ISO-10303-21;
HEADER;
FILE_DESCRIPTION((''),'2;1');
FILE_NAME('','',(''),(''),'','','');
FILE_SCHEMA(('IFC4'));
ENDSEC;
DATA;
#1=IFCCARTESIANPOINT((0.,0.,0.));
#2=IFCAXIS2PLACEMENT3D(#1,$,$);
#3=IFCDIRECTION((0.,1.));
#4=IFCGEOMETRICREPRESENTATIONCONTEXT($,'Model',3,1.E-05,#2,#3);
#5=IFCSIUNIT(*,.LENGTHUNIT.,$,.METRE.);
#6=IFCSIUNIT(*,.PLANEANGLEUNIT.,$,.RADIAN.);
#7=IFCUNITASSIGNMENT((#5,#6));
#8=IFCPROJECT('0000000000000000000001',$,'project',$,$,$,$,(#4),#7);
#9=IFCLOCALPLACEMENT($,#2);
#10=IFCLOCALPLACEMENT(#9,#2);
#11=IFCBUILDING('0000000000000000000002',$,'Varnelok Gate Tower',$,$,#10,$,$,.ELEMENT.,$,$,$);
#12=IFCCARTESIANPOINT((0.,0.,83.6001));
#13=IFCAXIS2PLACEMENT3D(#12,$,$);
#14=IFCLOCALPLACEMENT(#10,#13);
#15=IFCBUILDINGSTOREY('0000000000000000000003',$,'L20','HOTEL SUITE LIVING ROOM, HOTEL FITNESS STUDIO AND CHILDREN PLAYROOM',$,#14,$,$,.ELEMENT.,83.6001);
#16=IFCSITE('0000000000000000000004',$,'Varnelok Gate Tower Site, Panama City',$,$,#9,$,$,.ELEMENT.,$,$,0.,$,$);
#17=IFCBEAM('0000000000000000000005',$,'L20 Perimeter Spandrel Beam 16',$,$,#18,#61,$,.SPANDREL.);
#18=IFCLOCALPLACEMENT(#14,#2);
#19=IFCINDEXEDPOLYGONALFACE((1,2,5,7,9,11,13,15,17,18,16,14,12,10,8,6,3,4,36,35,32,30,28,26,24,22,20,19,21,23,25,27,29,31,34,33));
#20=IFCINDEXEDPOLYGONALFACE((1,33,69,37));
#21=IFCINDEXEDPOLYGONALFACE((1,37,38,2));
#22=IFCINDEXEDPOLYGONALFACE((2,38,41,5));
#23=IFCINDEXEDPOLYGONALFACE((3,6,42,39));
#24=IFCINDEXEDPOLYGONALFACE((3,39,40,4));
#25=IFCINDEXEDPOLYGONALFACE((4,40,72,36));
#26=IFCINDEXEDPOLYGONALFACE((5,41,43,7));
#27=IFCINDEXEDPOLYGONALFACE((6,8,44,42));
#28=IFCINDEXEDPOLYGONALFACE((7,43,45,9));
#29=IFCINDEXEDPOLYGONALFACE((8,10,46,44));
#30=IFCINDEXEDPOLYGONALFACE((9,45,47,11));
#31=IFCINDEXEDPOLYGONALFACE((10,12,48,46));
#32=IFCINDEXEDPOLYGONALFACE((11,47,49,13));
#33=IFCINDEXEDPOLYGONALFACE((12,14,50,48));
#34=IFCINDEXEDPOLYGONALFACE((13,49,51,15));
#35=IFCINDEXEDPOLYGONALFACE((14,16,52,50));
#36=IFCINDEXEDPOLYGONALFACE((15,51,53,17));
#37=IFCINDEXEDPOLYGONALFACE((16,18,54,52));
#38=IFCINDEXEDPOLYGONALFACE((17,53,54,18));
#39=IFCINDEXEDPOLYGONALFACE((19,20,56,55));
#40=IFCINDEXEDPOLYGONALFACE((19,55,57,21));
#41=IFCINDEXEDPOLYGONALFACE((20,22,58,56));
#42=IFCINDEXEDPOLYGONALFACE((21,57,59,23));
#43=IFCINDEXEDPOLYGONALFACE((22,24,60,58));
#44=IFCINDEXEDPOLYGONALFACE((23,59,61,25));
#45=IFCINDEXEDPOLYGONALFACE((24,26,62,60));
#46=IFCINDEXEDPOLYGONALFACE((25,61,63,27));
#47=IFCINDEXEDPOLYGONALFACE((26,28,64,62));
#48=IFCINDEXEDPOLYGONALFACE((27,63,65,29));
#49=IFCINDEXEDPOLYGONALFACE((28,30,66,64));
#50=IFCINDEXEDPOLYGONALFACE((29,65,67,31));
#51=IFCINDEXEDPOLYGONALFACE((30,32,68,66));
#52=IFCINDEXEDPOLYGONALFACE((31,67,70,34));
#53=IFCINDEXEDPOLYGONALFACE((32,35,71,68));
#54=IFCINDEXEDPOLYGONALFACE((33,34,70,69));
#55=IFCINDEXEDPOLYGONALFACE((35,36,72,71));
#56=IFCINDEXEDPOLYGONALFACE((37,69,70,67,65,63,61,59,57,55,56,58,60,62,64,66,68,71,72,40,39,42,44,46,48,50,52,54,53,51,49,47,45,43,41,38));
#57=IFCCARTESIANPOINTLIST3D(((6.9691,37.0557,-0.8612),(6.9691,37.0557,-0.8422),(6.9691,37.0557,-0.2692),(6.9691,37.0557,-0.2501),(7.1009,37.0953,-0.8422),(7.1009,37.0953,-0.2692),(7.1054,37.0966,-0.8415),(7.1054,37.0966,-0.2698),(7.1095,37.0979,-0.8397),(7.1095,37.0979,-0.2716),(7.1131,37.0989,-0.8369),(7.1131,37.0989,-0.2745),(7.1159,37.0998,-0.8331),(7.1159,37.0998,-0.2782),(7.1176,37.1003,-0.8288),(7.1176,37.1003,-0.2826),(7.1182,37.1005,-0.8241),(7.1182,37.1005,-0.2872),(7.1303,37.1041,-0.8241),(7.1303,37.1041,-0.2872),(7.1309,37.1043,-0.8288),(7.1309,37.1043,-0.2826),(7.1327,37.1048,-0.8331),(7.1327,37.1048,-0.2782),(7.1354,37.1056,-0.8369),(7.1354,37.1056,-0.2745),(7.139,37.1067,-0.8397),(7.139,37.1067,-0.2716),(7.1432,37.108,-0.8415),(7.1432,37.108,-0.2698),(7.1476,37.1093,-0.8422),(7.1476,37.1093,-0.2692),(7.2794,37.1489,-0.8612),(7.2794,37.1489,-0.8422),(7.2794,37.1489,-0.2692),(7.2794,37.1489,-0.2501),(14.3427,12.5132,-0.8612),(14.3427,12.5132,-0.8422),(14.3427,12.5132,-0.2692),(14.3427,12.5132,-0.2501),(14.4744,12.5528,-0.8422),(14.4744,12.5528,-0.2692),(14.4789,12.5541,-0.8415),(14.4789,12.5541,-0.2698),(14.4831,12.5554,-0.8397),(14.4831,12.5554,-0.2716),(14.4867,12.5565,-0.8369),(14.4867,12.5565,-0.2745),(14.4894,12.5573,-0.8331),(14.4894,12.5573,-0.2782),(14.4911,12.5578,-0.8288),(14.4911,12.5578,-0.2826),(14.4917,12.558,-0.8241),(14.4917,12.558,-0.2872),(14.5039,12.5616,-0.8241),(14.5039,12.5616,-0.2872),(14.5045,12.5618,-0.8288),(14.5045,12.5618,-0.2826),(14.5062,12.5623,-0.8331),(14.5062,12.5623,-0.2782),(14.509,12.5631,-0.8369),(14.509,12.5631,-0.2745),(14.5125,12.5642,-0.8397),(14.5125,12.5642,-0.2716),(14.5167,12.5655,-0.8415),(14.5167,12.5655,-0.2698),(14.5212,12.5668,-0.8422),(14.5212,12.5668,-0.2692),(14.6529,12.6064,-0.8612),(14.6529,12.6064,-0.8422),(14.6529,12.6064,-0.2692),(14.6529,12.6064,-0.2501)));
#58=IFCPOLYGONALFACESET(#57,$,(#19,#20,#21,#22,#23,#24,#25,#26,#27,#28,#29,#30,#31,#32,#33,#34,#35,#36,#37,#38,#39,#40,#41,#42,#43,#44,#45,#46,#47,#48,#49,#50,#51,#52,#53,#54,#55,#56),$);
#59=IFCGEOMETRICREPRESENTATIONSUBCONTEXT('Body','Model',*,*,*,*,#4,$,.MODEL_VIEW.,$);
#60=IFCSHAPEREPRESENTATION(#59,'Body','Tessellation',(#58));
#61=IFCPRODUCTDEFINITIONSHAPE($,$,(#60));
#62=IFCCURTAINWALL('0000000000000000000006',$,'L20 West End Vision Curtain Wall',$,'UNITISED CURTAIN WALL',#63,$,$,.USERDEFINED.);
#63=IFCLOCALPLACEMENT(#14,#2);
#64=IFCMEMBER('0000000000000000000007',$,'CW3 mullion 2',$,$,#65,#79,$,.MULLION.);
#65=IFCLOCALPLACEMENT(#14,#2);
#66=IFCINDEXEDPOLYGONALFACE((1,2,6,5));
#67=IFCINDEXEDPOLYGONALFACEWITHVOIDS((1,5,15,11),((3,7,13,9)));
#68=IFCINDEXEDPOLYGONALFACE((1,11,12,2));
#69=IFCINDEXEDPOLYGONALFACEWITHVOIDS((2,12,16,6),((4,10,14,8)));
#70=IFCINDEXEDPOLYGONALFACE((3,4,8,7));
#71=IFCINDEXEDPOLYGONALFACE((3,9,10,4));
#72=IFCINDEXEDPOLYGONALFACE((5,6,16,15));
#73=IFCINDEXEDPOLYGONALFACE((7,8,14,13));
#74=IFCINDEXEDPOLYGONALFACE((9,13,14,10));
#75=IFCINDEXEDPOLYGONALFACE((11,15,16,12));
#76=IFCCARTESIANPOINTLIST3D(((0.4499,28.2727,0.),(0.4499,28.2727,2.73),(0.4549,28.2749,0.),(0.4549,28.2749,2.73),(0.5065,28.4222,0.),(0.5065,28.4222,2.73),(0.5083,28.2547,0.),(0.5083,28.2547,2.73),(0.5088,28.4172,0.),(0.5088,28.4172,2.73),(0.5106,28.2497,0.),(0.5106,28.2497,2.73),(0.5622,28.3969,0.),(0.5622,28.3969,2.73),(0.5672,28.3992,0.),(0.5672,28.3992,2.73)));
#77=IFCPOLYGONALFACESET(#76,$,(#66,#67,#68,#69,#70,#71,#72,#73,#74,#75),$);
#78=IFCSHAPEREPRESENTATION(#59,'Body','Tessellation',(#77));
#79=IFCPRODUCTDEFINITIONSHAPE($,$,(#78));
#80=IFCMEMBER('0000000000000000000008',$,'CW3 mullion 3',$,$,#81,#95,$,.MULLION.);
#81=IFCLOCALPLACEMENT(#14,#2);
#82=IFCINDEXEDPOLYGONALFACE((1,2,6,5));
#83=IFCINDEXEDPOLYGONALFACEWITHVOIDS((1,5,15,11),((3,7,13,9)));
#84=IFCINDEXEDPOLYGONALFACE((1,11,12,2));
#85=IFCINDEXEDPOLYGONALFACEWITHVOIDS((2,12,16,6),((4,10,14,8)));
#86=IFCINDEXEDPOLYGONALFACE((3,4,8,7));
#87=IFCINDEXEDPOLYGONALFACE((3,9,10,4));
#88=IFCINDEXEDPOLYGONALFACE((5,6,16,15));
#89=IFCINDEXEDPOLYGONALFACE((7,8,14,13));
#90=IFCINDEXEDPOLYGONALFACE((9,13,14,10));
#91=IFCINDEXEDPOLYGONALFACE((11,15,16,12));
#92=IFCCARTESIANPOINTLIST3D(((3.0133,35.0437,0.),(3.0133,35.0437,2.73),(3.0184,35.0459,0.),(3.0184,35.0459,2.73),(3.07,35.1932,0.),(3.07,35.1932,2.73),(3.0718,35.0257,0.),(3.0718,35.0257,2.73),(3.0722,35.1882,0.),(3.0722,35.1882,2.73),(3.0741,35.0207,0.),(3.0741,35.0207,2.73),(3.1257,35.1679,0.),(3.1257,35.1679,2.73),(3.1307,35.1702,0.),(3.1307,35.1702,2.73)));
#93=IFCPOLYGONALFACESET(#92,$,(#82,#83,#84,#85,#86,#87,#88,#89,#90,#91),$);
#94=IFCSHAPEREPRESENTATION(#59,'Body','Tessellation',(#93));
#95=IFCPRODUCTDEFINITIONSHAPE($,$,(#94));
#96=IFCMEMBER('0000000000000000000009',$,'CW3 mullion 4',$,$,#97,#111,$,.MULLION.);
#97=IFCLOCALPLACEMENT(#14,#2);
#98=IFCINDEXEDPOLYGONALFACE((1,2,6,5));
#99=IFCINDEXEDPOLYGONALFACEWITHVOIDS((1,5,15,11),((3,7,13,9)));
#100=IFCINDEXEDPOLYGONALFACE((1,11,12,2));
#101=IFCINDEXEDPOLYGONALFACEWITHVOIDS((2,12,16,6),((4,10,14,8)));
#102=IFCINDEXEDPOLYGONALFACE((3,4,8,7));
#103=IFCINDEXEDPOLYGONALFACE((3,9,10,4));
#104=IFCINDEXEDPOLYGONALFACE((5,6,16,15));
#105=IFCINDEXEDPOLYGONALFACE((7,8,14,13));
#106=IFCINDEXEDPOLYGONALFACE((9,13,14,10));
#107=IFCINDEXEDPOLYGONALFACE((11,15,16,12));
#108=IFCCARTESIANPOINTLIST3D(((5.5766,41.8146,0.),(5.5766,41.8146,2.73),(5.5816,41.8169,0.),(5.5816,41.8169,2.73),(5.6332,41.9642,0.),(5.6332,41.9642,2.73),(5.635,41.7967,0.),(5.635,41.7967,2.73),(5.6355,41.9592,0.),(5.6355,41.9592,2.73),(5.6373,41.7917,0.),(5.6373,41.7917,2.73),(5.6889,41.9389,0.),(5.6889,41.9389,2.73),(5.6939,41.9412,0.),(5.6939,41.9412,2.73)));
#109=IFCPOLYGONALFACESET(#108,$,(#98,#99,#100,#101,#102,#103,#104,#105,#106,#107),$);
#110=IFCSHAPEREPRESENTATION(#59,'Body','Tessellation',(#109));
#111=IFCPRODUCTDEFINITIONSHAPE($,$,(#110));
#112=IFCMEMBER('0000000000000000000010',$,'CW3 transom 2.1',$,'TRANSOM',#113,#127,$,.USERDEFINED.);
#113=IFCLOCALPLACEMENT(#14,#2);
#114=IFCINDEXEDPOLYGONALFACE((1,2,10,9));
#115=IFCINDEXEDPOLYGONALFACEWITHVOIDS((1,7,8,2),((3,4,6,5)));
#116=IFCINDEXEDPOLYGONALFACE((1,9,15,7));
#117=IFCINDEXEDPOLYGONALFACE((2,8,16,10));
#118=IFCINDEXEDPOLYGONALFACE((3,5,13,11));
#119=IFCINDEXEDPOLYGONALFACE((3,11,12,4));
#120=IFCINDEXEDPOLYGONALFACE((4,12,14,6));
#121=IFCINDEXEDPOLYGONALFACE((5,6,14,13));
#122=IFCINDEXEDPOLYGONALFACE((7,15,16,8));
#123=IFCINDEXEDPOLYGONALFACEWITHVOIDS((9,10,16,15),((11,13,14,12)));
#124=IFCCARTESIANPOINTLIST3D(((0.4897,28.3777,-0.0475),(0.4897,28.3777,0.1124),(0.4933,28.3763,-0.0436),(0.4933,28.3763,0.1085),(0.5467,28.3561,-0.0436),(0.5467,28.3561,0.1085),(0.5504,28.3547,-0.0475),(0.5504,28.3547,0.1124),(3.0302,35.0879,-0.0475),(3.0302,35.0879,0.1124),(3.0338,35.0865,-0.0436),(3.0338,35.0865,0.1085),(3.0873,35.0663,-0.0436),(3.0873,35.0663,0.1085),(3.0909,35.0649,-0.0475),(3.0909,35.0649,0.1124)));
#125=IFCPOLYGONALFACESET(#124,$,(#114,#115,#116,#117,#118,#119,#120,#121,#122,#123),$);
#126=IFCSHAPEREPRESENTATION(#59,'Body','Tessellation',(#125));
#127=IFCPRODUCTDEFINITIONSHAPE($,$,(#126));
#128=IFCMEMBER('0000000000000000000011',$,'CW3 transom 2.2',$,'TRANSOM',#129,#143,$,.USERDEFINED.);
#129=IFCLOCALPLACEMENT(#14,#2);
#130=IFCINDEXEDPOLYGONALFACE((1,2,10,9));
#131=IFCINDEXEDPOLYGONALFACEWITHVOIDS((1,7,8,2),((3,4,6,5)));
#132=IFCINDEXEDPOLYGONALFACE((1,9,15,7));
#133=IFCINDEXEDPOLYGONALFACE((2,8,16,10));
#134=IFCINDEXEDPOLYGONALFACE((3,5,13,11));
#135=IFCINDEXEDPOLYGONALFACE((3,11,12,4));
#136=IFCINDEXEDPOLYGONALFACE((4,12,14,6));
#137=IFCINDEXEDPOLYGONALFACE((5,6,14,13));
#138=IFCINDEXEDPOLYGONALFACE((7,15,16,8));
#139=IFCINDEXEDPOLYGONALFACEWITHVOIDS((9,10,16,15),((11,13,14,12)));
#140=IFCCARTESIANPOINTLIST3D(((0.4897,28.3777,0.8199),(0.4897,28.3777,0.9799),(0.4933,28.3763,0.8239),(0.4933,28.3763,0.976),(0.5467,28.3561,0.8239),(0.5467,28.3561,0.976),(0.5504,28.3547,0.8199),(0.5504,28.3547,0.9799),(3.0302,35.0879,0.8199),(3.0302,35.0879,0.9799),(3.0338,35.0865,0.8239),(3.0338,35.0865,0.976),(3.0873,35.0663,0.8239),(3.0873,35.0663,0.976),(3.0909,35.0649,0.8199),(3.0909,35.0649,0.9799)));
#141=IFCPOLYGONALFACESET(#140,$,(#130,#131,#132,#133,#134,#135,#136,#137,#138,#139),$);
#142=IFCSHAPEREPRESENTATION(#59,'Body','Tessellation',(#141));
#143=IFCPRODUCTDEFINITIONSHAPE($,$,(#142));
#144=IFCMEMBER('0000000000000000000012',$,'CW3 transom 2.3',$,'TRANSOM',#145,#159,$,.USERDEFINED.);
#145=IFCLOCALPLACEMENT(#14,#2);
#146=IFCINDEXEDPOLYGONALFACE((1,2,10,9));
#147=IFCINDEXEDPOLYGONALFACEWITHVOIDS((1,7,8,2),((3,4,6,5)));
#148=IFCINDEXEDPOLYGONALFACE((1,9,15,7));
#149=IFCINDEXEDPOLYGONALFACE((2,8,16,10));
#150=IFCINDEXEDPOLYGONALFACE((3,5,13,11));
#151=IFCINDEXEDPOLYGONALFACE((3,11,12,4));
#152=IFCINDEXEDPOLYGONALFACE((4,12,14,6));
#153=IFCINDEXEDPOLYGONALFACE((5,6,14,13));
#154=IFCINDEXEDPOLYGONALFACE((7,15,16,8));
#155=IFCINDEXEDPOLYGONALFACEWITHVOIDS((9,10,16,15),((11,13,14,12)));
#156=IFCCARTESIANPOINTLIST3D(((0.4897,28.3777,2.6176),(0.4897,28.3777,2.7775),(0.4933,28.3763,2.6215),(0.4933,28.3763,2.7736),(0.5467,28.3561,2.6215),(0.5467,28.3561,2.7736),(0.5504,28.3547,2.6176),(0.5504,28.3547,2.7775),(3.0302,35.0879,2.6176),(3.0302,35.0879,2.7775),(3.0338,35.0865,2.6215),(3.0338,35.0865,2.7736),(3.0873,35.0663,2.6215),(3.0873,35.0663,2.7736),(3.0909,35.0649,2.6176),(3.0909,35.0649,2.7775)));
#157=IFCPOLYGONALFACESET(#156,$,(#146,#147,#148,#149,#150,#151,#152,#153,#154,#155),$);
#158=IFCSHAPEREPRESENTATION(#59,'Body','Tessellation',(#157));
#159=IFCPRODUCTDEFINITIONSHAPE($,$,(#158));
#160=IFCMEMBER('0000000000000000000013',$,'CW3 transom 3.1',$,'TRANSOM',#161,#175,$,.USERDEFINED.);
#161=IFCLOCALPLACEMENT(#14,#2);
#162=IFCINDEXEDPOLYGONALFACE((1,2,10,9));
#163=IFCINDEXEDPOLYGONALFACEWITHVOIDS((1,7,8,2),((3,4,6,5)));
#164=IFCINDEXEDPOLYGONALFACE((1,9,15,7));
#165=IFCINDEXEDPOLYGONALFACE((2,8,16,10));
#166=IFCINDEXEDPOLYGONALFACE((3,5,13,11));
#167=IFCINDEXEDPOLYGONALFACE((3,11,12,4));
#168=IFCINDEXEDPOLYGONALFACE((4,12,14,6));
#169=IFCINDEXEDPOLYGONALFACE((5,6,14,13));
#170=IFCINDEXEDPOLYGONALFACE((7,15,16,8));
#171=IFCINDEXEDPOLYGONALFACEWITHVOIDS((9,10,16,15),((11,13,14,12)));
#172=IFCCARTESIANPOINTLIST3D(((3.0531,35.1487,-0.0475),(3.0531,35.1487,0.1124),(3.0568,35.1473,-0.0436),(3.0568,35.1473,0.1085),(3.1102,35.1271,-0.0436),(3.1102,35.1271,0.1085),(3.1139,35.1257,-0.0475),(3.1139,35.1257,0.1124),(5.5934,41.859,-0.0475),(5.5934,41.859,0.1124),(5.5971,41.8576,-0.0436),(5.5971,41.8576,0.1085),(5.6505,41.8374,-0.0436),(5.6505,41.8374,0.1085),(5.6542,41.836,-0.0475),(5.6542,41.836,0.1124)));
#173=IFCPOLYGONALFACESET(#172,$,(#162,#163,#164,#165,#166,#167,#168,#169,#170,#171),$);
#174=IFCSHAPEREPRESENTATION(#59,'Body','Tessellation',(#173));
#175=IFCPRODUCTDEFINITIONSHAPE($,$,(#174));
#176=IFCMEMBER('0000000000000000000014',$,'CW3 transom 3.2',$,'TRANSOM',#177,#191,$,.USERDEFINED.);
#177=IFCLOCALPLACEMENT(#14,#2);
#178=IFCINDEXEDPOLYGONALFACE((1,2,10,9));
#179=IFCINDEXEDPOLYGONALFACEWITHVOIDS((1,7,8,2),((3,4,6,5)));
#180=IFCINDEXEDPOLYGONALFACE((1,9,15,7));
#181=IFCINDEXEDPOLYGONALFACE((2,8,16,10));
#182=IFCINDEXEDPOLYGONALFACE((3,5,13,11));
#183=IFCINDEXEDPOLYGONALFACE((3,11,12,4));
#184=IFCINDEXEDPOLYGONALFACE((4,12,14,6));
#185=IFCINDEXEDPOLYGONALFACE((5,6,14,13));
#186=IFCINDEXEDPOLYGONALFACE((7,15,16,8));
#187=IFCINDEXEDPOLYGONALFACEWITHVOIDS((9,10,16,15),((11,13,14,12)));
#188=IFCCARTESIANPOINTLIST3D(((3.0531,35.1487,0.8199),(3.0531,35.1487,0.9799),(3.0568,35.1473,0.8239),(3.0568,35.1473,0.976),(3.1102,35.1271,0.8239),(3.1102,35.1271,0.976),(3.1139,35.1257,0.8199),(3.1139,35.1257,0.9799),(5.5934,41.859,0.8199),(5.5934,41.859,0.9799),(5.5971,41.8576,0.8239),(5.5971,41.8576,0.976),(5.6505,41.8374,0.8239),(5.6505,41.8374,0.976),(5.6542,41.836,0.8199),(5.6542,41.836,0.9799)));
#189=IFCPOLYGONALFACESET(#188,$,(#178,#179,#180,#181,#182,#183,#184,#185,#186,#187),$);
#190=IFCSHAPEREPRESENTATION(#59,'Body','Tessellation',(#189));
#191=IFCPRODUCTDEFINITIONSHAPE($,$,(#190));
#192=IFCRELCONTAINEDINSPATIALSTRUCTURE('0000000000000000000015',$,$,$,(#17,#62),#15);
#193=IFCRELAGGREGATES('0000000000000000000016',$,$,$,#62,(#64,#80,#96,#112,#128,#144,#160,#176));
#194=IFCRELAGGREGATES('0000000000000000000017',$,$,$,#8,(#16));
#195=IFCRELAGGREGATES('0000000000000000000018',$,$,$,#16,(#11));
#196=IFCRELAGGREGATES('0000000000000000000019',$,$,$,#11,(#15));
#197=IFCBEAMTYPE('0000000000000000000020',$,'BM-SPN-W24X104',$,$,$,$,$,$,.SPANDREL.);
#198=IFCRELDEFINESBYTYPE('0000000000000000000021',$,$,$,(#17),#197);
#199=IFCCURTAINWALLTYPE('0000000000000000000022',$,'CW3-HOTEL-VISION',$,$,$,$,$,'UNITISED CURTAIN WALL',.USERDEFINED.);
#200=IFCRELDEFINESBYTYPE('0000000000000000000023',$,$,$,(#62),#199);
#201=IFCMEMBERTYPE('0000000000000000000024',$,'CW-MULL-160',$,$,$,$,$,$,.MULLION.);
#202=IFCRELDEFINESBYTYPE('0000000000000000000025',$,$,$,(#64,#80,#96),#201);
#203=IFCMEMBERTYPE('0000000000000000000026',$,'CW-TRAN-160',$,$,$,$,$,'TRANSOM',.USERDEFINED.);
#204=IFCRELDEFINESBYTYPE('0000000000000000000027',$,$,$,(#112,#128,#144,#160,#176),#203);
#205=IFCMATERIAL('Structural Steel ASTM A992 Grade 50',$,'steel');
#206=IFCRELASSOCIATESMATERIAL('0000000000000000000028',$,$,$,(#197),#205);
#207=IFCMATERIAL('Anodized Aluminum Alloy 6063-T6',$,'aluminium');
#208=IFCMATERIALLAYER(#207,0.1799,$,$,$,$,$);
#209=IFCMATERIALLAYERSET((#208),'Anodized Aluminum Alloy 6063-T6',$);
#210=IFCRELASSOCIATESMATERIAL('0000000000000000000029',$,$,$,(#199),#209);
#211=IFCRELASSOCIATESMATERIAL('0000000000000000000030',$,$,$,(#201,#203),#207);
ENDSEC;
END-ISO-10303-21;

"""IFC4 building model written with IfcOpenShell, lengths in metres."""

from ifc_helpers import new_model, si_unit, direction, frame, origin, origin_2d, place, context, subcontext, project, spatial, hollow_rectangle, i_section, extrude, material, layer, layer_set, material_profile, profile_set, type_object, element, aggregate, save


model = new_model("IFC4")

# Units and contexts
model_context = context("Model", 3, precision=1e-05, world=origin(), true_north=direction((0.0, 1.0)))
body_context = subcontext(model_context, "Body", "Model", "MODEL_VIEW")
ifc_project = project(units=[si_unit("LENGTHUNIT", "METRE"), si_unit("PLANEANGLEUNIT", "RADIAN")], contexts=[model_context])

# Site, building, storey
site_placement = place(None, origin())
site = spatial("IfcSite", under=ifc_project, at=site_placement, Name="Varnelok Gate Tower Site, Panama City", CompositionType="ELEMENT", RefElevation=0.0)
building_placement = place(site_placement, origin())
building = spatial("IfcBuilding", under=site, at=building_placement, Name="Varnelok Gate Tower", CompositionType="ELEMENT")
storey_placement = place(building_placement, frame((0.0, 0.0, 83.6001)))
storey = spatial("IfcBuildingStorey", under=building, at=storey_placement, Name="L20", Description="HOTEL SUITE LIVING ROOM, HOTEL FITNESS STUDIO AND CHILDREN PLAYROOM", CompositionType="ELEMENT", Elevation=83.6001)

# Shared definitions
ifc_material_1 = material(Name="Structural Steel ASTM A992 Grade 50", Category="steel")

# Beam
ifc_material_profile_1 = material_profile(ifc_material_1, i_section(OverallWidth=0.324, OverallDepth=0.6111, WebThickness=0.0127, FlangeThickness=0.019, FilletRadius=0.0181, at=origin_2d()), Name="W24X104")
ifc_profile_set_1 = profile_set([ifc_material_profile_1], Name="Structural Steel ASTM A992 Grade 50")
beam_type_1 = type_object("IfcBeamType", Name="BM-SPN-W24X104", PredefinedType="SPANDREL", material=ifc_profile_set_1)
beam_1_placement = place(storey_placement, frame((7.1243, 37.1023, -0.5557), z_axis=(0.287734, -0.95771, 0.0), x_axis=(0.95771, 0.287734, 0.0)))
element("IfcBeam", 1, at=beam_1_placement, inside=storey, type_object=beam_type_1, Name="L20 Perimeter Spandrel Beam 16", PredefinedType="SPANDREL", context=body_context, shape_type="SweptSolid", body=[
    extrude(i_section(OverallWidth=0.324, OverallDepth=0.6111, WebThickness=0.0127, FlangeThickness=0.019, FilletRadius=0.0181, at=origin_2d()), origin(), (0.0, 0.0, 1.0), 25.6262),
])

# Curtain wall, members
ifc_material_2 = material(Name="Anodized Aluminum Alloy 6063-T6", Category="aluminium")
ifc_layer_1 = layer(ifc_material_2, 0.1799)
ifc_layer_set_1 = layer_set([ifc_layer_1], Name="Anodized Aluminum Alloy 6063-T6")
curtain_wall_type = type_object("IfcCurtainWallType", Name="CW3-HOTEL-VISION", ElementType="UNITISED CURTAIN WALL", PredefinedType="USERDEFINED", material=ifc_layer_set_1)
curtain_wall_placement = place(storey_placement, origin())
curtain_wall = element("IfcCurtainWall", 2, at=curtain_wall_placement, inside=storey, type_object=curtain_wall_type, Name="L20 West End Vision Curtain Wall", ObjectType="UNITISED CURTAIN WALL", PredefinedType="USERDEFINED")
ifc_material_profile_2 = material_profile(ifc_material_2, hollow_rectangle(XDim=0.0649, YDim=0.1599, WallThickness=0.0039, at=origin_2d()), Name="ALU160X65X4")
ifc_profile_set_2 = profile_set([ifc_material_profile_2], Name="Anodized Aluminum Alloy 6063-T6")
member_type_1 = type_object("IfcMemberType", Name="CW-MULL-160", PredefinedType="MULLION", material=ifc_profile_set_2)
member_1_placement = place(storey_placement, frame((0.5085, 28.3359, 0.0), z_axis=(0.0, 0.0, 1.0), x_axis=(-0.935221, 0.354064, 0.0)))
member_1 = element("IfcMember", 3, at=member_1_placement, type_object=member_type_1, Name="CW3 mullion 2", PredefinedType="MULLION", context=body_context, shape_type="SweptSolid", body=[
    extrude(hollow_rectangle(XDim=0.0649, YDim=0.1599, WallThickness=0.0039, at=origin_2d()), origin(), (0.0, 0.0, 1.0), 2.73),
])
member_2_placement = place(storey_placement, frame((3.072, 35.1069, 0.0), z_axis=(0.0, 0.0, 1.0), x_axis=(-0.935221, 0.354064, 0.0)))
member_2 = element("IfcMember", 4, at=member_2_placement, type_object=member_type_1, Name="CW3 mullion 3", PredefinedType="MULLION", context=body_context, shape_type="SweptSolid", body=[
    extrude(hollow_rectangle(XDim=0.0649, YDim=0.1599, WallThickness=0.0039, at=origin_2d()), origin(), (0.0, 0.0, 1.0), 2.73),
])
member_3_placement = place(storey_placement, frame((5.6353, 41.8779, 0.0), z_axis=(0.0, 0.0, 1.0), x_axis=(-0.935221, 0.354064, 0.0)))
member_3 = element("IfcMember", 5, at=member_3_placement, type_object=member_type_1, Name="CW3 mullion 4", PredefinedType="MULLION", context=body_context, shape_type="SweptSolid", body=[
    extrude(hollow_rectangle(XDim=0.0649, YDim=0.1599, WallThickness=0.0039, at=origin_2d()), origin(), (0.0, 0.0, 1.0), 2.73),
])
ifc_material_profile_3 = material_profile(ifc_material_2, hollow_rectangle(XDim=0.0649, YDim=0.1599, WallThickness=0.0039, at=origin_2d()), Name="ALU160X65X4")
ifc_profile_set_3 = profile_set([ifc_material_profile_3], Name="Anodized Aluminum Alloy 6063-T6")
member_type_2 = type_object("IfcMemberType", Name="CW-TRAN-160", ElementType="TRANSOM", PredefinedType="USERDEFINED", material=ifc_profile_set_3)
member_4_placement = place(storey_placement, frame((0.52, 28.3662, 0.0325), z_axis=(0.354079, 0.935216, 0.0), x_axis=(-0.935216, 0.354079, 0.0)))
member_4 = element("IfcMember", 6, at=member_4_placement, type_object=member_type_2, Name="CW3 transom 2.1", ObjectType="TRANSOM", PredefinedType="USERDEFINED", context=body_context, shape_type="SweptSolid", body=[
    extrude(hollow_rectangle(XDim=0.0649, YDim=0.1599, WallThickness=0.0039, at=origin_2d()), origin(), (0.0, 0.0, 1.0), 7.175),
])
member_5_placement = place(storey_placement, frame((0.52, 28.3662, 0.8999), z_axis=(0.354079, 0.935216, 0.0), x_axis=(-0.935216, 0.354079, 0.0)))
member_5 = element("IfcMember", 7, at=member_5_placement, type_object=member_type_2, Name="CW3 transom 2.2", ObjectType="TRANSOM", PredefinedType="USERDEFINED", context=body_context, shape_type="SweptSolid", body=[
    extrude(hollow_rectangle(XDim=0.0649, YDim=0.1599, WallThickness=0.0039, at=origin_2d()), origin(), (0.0, 0.0, 1.0), 7.175),
])
member_6_placement = place(storey_placement, frame((0.52, 28.3662, 2.6975), z_axis=(0.354079, 0.935216, 0.0), x_axis=(-0.935216, 0.354079, 0.0)))
member_6 = element("IfcMember", 8, at=member_6_placement, type_object=member_type_2, Name="CW3 transom 2.3", ObjectType="TRANSOM", PredefinedType="USERDEFINED", context=body_context, shape_type="SweptSolid", body=[
    extrude(hollow_rectangle(XDim=0.0649, YDim=0.1599, WallThickness=0.0039, at=origin_2d()), origin(), (0.0, 0.0, 1.0), 7.175),
])
member_7_placement = place(storey_placement, frame((3.0835, 35.1372, 0.0325), z_axis=(0.354049, 0.935227, 0.0), x_axis=(-0.935227, 0.354049, 0.0)))
member_7 = element("IfcMember", 9, at=member_7_placement, type_object=member_type_2, Name="CW3 transom 3.1", ObjectType="TRANSOM", PredefinedType="USERDEFINED", context=body_context, shape_type="SweptSolid", body=[
    extrude(hollow_rectangle(XDim=0.0649, YDim=0.1599, WallThickness=0.0039, at=origin_2d()), origin(), (0.0, 0.0, 1.0), 7.175),
])
member_8_placement = place(storey_placement, frame((3.0835, 35.1372, 0.8999), z_axis=(0.354049, 0.935227, 0.0), x_axis=(-0.935227, 0.354049, 0.0)))
member_8 = element("IfcMember", 10, at=member_8_placement, type_object=member_type_2, Name="CW3 transom 3.2", ObjectType="TRANSOM", PredefinedType="USERDEFINED", context=body_context, shape_type="SweptSolid", body=[
    extrude(hollow_rectangle(XDim=0.0649, YDim=0.1599, WallThickness=0.0039, at=origin_2d()), origin(), (0.0, 0.0, 1.0), 7.175),
])
aggregate(curtain_wall, [member_1, member_2, member_3, member_4, member_5, member_6, member_7, member_8])

save(model, "model.ifc")
